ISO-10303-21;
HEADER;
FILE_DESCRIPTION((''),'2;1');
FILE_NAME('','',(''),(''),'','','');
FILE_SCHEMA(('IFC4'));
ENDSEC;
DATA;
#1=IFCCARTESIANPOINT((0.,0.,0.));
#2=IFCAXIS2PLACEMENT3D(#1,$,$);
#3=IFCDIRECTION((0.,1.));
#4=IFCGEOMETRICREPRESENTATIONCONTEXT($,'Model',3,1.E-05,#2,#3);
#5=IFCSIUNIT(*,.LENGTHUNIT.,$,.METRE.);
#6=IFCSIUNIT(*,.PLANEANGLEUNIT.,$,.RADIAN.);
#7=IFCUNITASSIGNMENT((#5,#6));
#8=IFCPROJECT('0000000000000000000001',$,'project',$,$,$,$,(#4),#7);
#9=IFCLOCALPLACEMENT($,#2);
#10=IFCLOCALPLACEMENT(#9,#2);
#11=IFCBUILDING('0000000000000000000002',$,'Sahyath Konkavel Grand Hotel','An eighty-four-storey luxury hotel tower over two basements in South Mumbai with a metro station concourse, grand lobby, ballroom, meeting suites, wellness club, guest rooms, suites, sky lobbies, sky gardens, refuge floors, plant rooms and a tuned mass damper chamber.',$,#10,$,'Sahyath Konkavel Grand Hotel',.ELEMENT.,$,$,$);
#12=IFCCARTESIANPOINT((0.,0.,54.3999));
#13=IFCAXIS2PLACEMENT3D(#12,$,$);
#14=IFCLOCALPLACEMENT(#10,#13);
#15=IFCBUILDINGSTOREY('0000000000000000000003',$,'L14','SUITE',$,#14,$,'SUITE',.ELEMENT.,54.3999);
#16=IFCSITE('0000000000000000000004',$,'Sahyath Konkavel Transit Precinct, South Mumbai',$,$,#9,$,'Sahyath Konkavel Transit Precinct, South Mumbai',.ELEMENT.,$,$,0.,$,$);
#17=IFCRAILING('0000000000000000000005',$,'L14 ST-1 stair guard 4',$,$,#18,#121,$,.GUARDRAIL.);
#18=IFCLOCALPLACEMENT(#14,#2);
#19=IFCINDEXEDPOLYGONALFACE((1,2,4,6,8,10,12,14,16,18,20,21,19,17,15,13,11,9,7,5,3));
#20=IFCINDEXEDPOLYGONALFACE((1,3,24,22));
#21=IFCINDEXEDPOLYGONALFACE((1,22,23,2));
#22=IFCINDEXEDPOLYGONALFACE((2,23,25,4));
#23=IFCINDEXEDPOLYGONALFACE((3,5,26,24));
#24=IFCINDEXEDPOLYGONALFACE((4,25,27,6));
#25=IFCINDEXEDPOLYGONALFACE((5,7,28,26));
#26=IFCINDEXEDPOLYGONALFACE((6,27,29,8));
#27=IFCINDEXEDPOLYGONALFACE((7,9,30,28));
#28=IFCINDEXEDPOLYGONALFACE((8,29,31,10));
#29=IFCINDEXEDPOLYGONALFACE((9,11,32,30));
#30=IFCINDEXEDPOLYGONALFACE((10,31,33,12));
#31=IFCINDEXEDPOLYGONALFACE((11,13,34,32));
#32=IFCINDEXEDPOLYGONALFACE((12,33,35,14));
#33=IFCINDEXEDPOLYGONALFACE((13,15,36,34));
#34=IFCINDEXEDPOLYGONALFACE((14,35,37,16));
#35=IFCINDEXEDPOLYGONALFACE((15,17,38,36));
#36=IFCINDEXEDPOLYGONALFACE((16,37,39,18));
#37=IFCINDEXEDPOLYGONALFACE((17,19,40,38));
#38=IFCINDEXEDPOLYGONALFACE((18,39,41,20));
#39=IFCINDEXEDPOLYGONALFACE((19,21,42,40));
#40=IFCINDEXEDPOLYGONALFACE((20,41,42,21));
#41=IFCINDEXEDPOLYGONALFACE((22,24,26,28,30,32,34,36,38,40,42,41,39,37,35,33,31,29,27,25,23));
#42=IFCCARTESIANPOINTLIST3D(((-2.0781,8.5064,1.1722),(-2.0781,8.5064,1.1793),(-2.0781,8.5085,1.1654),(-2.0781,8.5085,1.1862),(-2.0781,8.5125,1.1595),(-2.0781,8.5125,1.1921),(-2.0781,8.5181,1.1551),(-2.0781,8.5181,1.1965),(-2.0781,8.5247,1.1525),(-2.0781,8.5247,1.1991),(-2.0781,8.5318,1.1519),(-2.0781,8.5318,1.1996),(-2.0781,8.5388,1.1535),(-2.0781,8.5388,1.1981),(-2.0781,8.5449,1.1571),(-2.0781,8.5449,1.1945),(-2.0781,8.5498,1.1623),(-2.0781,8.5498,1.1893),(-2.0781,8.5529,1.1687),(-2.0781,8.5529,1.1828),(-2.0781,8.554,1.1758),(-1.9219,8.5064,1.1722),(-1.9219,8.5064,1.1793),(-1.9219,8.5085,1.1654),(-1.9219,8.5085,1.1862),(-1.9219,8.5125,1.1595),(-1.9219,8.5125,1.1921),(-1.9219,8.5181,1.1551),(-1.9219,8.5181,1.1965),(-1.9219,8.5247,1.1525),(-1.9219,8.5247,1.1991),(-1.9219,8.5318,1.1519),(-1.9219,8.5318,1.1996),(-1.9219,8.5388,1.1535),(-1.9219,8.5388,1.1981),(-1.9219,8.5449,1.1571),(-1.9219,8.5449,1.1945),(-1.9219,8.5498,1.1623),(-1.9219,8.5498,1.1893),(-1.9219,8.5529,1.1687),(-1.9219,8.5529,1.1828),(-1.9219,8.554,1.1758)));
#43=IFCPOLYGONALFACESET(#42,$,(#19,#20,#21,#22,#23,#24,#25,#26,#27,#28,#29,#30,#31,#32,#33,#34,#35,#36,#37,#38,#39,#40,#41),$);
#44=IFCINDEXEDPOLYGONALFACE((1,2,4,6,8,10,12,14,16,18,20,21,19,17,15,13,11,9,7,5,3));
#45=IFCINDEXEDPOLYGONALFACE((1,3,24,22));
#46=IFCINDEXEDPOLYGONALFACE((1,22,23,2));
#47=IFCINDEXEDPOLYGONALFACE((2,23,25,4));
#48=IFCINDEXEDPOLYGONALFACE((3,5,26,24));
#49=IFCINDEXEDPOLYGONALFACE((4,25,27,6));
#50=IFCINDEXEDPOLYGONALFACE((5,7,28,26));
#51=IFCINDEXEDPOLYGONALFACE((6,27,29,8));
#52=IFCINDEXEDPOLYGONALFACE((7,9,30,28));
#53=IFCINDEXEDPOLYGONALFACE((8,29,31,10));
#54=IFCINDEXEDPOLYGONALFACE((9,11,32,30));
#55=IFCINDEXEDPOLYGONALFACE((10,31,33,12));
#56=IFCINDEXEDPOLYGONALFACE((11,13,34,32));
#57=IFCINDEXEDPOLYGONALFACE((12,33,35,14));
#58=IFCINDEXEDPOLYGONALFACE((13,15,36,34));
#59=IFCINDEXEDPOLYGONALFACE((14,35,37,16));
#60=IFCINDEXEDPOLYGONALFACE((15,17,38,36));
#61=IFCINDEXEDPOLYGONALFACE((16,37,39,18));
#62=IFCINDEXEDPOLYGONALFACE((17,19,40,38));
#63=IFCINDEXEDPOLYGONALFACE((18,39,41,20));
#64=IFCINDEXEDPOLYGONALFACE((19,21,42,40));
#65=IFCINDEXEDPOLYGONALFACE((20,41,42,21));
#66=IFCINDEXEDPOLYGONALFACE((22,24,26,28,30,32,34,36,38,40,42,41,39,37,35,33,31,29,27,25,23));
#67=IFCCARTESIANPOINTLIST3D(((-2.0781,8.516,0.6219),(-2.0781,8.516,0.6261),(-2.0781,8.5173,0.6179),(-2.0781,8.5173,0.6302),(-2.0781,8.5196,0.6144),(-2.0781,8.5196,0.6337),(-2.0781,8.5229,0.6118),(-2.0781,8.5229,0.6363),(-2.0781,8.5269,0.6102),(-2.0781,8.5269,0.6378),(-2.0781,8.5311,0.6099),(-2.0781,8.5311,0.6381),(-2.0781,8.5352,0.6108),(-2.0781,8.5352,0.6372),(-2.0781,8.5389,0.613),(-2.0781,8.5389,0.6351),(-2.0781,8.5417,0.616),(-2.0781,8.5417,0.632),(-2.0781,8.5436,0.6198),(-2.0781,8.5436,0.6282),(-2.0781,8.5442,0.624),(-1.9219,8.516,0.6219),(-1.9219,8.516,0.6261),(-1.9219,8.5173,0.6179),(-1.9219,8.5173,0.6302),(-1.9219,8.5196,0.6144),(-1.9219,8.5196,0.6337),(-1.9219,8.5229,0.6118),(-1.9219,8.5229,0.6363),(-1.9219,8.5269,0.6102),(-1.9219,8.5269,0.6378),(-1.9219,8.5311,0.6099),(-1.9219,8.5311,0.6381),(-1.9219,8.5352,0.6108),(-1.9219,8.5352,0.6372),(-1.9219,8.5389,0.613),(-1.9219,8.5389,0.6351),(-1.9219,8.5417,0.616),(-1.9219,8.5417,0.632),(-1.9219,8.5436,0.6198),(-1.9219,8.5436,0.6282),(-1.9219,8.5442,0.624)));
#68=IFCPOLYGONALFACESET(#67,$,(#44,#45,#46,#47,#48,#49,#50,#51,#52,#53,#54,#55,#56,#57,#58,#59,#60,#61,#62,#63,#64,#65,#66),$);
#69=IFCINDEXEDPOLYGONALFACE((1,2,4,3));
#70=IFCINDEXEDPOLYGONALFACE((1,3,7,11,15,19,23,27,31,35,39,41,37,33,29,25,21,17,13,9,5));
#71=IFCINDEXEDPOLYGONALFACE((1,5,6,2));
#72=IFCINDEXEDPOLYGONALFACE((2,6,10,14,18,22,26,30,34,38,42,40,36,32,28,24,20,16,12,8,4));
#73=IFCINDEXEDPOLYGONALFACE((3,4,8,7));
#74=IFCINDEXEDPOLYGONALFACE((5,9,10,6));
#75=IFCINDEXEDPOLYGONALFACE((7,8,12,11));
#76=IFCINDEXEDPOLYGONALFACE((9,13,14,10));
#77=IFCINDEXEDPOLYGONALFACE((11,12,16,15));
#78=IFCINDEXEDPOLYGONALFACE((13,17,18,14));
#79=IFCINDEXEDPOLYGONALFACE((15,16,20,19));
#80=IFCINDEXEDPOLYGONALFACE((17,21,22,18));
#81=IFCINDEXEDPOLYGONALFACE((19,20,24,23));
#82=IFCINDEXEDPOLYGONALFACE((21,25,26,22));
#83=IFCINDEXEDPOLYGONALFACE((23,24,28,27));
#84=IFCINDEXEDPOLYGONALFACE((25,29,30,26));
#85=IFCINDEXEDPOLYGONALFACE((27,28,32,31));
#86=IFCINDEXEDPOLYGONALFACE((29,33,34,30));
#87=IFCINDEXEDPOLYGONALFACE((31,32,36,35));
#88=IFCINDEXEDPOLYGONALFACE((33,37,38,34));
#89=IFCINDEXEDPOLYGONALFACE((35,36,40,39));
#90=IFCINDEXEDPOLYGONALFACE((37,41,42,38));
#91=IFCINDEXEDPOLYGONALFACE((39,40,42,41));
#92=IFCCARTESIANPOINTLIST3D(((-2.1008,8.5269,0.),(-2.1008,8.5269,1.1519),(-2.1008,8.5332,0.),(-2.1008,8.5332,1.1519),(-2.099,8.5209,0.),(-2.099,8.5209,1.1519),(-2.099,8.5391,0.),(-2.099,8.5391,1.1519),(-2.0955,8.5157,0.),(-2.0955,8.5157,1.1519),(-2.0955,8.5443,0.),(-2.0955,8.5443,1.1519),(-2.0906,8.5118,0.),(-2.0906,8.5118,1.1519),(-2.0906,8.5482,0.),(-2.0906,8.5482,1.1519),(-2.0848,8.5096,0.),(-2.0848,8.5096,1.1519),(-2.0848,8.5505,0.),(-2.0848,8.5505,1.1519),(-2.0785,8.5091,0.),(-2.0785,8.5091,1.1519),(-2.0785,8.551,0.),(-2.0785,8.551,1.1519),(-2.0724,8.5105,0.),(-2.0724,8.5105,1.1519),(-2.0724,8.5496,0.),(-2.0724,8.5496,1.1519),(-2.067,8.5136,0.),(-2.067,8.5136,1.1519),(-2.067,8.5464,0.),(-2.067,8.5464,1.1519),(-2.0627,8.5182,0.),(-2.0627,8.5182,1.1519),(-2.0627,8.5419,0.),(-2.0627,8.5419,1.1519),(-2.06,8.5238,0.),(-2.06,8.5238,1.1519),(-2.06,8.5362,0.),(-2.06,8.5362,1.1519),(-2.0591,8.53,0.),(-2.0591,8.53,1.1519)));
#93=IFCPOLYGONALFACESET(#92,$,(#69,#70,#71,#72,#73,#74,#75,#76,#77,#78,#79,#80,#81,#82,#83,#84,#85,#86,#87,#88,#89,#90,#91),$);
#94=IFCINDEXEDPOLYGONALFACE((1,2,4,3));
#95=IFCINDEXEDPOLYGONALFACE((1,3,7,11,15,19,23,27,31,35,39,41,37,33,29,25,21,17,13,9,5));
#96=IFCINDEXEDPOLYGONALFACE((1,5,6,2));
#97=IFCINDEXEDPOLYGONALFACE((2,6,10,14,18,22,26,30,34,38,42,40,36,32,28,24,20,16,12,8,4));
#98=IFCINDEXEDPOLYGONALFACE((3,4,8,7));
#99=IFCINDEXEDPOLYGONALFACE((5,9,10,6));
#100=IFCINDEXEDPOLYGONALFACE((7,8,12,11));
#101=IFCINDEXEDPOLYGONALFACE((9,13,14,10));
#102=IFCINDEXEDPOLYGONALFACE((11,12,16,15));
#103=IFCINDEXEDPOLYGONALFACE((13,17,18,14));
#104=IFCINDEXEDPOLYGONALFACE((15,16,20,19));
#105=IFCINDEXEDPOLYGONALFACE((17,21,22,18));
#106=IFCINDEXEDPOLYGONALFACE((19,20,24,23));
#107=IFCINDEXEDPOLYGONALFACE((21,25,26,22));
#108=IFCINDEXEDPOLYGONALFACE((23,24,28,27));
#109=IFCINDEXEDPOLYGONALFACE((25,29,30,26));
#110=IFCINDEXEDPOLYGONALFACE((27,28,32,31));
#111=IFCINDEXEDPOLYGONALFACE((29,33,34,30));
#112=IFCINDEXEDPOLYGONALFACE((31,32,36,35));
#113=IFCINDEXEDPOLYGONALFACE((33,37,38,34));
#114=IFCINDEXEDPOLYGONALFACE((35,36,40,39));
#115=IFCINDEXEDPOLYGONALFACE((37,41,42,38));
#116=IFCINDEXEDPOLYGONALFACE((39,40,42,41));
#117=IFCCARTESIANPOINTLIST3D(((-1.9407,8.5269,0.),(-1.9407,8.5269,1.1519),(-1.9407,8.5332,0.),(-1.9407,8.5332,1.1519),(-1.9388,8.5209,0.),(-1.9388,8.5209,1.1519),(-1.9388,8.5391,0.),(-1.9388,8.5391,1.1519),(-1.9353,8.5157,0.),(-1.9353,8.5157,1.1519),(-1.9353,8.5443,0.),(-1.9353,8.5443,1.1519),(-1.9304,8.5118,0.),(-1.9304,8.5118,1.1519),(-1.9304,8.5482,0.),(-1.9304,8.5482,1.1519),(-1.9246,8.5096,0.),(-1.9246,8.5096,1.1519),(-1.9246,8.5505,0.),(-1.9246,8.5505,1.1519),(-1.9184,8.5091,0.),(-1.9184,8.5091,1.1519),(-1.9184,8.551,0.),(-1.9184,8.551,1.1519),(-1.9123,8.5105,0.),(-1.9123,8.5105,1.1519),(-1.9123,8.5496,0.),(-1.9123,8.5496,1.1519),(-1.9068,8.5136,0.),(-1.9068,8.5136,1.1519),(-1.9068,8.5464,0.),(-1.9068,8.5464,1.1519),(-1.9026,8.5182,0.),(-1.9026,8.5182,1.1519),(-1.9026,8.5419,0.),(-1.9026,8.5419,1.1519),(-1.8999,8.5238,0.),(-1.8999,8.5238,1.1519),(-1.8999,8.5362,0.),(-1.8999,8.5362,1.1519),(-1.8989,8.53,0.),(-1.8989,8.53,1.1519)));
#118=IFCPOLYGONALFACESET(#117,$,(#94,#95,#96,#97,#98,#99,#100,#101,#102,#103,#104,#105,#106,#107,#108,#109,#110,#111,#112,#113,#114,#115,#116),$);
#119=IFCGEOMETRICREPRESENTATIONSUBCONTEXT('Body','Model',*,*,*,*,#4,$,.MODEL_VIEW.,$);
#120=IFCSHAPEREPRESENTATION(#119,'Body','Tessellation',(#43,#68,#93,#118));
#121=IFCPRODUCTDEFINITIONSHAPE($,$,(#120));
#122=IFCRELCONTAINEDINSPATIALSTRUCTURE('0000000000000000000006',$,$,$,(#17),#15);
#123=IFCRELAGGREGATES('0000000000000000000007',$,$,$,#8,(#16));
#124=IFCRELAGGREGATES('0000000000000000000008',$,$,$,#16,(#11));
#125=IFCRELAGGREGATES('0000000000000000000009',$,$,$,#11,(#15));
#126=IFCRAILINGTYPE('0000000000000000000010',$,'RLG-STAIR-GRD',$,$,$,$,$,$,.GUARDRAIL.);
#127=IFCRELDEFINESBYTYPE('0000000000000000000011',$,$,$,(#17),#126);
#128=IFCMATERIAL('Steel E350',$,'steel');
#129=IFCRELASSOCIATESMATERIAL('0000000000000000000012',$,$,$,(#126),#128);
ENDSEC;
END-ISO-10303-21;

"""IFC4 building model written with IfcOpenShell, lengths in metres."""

from ifc_helpers import new_model, si_unit, direction, frame, origin, origin_2d, place, context, subcontext, project, spatial, circle, extrude, material, type_object, element, save


model = new_model("IFC4")

# Units and contexts
model_context = context("Model", 3, precision=1e-05, world=origin(), true_north=direction((0.0, 1.0)))
body_context = subcontext(model_context, "Body", "Model", "MODEL_VIEW")
ifc_project = project(units=[si_unit("LENGTHUNIT", "METRE"), si_unit("PLANEANGLEUNIT", "RADIAN")], contexts=[model_context])

# Site, building, storey
site_placement = place(None, origin())
site = spatial("IfcSite", under=ifc_project, at=site_placement, Name="Sahyath Konkavel Transit Precinct, South Mumbai", LongName="Sahyath Konkavel Transit Precinct, South Mumbai", CompositionType="ELEMENT", RefElevation=0.0)
building_placement = place(site_placement, origin())
building = spatial("IfcBuilding", under=site, at=building_placement, Name="Sahyath Konkavel Grand Hotel", Description="An eighty-four-storey luxury hotel tower over two basements in South Mumbai with a metro station concourse, grand lobby, ballroom, meeting suites, wellness club, guest rooms, suites, sky lobbies, sky gardens, refuge floors, plant rooms and a tuned mass damper chamber.", LongName="Sahyath Konkavel Grand Hotel", CompositionType="ELEMENT")
storey_placement = place(building_placement, frame((0.0, 0.0, 54.3999)))
storey = spatial("IfcBuildingStorey", under=building, at=storey_placement, Name="L14", Description="SUITE", LongName="SUITE", CompositionType="ELEMENT", Elevation=54.3999)

# Shared definitions
ifc_material_1 = material(Name="Steel E350", Category="steel")

# Railing
railing_type_1 = type_object("IfcRailingType", Name="RLG-STAIR-GRD", PredefinedType="GUARDRAIL", material=ifc_material_1)
railing_1_placement = place(storey_placement, frame((-2.0801, 8.53, 0.0)))
element("IfcRailing", 1, at=railing_1_placement, inside=storey, type_object=railing_type_1, Name="L14 ST-1 stair guard 4", PredefinedType="GUARDRAIL", context=body_context, shape_type="SweptSolid", body=[
    extrude(circle(Radius=0.0239, at=origin_2d()), frame((0.002, 0.0, 1.1758), z_axis=(1.0, 0.0, 0.0), x_axis=(0.0, 1.0, 0.0)), (0.0, 0.0, 1.0), 0.1562),
    extrude(circle(Radius=0.0142, at=origin_2d()), frame((0.002, 0.0, 0.624), z_axis=(1.0, 0.0, 0.0), x_axis=(0.0, 1.0, 0.0)), (0.0, 0.0, 1.0), 0.1562),
    extrude(circle(Radius=0.021, at=origin_2d()), origin(), (0.0, 0.0, 1.0), 1.1519),
    extrude(circle(Radius=0.021, at=origin_2d()), frame((0.1602, 0.0, 0.0)), (0.0, 0.0, 1.0), 1.1519),
])

save(model, "model.ifc")
